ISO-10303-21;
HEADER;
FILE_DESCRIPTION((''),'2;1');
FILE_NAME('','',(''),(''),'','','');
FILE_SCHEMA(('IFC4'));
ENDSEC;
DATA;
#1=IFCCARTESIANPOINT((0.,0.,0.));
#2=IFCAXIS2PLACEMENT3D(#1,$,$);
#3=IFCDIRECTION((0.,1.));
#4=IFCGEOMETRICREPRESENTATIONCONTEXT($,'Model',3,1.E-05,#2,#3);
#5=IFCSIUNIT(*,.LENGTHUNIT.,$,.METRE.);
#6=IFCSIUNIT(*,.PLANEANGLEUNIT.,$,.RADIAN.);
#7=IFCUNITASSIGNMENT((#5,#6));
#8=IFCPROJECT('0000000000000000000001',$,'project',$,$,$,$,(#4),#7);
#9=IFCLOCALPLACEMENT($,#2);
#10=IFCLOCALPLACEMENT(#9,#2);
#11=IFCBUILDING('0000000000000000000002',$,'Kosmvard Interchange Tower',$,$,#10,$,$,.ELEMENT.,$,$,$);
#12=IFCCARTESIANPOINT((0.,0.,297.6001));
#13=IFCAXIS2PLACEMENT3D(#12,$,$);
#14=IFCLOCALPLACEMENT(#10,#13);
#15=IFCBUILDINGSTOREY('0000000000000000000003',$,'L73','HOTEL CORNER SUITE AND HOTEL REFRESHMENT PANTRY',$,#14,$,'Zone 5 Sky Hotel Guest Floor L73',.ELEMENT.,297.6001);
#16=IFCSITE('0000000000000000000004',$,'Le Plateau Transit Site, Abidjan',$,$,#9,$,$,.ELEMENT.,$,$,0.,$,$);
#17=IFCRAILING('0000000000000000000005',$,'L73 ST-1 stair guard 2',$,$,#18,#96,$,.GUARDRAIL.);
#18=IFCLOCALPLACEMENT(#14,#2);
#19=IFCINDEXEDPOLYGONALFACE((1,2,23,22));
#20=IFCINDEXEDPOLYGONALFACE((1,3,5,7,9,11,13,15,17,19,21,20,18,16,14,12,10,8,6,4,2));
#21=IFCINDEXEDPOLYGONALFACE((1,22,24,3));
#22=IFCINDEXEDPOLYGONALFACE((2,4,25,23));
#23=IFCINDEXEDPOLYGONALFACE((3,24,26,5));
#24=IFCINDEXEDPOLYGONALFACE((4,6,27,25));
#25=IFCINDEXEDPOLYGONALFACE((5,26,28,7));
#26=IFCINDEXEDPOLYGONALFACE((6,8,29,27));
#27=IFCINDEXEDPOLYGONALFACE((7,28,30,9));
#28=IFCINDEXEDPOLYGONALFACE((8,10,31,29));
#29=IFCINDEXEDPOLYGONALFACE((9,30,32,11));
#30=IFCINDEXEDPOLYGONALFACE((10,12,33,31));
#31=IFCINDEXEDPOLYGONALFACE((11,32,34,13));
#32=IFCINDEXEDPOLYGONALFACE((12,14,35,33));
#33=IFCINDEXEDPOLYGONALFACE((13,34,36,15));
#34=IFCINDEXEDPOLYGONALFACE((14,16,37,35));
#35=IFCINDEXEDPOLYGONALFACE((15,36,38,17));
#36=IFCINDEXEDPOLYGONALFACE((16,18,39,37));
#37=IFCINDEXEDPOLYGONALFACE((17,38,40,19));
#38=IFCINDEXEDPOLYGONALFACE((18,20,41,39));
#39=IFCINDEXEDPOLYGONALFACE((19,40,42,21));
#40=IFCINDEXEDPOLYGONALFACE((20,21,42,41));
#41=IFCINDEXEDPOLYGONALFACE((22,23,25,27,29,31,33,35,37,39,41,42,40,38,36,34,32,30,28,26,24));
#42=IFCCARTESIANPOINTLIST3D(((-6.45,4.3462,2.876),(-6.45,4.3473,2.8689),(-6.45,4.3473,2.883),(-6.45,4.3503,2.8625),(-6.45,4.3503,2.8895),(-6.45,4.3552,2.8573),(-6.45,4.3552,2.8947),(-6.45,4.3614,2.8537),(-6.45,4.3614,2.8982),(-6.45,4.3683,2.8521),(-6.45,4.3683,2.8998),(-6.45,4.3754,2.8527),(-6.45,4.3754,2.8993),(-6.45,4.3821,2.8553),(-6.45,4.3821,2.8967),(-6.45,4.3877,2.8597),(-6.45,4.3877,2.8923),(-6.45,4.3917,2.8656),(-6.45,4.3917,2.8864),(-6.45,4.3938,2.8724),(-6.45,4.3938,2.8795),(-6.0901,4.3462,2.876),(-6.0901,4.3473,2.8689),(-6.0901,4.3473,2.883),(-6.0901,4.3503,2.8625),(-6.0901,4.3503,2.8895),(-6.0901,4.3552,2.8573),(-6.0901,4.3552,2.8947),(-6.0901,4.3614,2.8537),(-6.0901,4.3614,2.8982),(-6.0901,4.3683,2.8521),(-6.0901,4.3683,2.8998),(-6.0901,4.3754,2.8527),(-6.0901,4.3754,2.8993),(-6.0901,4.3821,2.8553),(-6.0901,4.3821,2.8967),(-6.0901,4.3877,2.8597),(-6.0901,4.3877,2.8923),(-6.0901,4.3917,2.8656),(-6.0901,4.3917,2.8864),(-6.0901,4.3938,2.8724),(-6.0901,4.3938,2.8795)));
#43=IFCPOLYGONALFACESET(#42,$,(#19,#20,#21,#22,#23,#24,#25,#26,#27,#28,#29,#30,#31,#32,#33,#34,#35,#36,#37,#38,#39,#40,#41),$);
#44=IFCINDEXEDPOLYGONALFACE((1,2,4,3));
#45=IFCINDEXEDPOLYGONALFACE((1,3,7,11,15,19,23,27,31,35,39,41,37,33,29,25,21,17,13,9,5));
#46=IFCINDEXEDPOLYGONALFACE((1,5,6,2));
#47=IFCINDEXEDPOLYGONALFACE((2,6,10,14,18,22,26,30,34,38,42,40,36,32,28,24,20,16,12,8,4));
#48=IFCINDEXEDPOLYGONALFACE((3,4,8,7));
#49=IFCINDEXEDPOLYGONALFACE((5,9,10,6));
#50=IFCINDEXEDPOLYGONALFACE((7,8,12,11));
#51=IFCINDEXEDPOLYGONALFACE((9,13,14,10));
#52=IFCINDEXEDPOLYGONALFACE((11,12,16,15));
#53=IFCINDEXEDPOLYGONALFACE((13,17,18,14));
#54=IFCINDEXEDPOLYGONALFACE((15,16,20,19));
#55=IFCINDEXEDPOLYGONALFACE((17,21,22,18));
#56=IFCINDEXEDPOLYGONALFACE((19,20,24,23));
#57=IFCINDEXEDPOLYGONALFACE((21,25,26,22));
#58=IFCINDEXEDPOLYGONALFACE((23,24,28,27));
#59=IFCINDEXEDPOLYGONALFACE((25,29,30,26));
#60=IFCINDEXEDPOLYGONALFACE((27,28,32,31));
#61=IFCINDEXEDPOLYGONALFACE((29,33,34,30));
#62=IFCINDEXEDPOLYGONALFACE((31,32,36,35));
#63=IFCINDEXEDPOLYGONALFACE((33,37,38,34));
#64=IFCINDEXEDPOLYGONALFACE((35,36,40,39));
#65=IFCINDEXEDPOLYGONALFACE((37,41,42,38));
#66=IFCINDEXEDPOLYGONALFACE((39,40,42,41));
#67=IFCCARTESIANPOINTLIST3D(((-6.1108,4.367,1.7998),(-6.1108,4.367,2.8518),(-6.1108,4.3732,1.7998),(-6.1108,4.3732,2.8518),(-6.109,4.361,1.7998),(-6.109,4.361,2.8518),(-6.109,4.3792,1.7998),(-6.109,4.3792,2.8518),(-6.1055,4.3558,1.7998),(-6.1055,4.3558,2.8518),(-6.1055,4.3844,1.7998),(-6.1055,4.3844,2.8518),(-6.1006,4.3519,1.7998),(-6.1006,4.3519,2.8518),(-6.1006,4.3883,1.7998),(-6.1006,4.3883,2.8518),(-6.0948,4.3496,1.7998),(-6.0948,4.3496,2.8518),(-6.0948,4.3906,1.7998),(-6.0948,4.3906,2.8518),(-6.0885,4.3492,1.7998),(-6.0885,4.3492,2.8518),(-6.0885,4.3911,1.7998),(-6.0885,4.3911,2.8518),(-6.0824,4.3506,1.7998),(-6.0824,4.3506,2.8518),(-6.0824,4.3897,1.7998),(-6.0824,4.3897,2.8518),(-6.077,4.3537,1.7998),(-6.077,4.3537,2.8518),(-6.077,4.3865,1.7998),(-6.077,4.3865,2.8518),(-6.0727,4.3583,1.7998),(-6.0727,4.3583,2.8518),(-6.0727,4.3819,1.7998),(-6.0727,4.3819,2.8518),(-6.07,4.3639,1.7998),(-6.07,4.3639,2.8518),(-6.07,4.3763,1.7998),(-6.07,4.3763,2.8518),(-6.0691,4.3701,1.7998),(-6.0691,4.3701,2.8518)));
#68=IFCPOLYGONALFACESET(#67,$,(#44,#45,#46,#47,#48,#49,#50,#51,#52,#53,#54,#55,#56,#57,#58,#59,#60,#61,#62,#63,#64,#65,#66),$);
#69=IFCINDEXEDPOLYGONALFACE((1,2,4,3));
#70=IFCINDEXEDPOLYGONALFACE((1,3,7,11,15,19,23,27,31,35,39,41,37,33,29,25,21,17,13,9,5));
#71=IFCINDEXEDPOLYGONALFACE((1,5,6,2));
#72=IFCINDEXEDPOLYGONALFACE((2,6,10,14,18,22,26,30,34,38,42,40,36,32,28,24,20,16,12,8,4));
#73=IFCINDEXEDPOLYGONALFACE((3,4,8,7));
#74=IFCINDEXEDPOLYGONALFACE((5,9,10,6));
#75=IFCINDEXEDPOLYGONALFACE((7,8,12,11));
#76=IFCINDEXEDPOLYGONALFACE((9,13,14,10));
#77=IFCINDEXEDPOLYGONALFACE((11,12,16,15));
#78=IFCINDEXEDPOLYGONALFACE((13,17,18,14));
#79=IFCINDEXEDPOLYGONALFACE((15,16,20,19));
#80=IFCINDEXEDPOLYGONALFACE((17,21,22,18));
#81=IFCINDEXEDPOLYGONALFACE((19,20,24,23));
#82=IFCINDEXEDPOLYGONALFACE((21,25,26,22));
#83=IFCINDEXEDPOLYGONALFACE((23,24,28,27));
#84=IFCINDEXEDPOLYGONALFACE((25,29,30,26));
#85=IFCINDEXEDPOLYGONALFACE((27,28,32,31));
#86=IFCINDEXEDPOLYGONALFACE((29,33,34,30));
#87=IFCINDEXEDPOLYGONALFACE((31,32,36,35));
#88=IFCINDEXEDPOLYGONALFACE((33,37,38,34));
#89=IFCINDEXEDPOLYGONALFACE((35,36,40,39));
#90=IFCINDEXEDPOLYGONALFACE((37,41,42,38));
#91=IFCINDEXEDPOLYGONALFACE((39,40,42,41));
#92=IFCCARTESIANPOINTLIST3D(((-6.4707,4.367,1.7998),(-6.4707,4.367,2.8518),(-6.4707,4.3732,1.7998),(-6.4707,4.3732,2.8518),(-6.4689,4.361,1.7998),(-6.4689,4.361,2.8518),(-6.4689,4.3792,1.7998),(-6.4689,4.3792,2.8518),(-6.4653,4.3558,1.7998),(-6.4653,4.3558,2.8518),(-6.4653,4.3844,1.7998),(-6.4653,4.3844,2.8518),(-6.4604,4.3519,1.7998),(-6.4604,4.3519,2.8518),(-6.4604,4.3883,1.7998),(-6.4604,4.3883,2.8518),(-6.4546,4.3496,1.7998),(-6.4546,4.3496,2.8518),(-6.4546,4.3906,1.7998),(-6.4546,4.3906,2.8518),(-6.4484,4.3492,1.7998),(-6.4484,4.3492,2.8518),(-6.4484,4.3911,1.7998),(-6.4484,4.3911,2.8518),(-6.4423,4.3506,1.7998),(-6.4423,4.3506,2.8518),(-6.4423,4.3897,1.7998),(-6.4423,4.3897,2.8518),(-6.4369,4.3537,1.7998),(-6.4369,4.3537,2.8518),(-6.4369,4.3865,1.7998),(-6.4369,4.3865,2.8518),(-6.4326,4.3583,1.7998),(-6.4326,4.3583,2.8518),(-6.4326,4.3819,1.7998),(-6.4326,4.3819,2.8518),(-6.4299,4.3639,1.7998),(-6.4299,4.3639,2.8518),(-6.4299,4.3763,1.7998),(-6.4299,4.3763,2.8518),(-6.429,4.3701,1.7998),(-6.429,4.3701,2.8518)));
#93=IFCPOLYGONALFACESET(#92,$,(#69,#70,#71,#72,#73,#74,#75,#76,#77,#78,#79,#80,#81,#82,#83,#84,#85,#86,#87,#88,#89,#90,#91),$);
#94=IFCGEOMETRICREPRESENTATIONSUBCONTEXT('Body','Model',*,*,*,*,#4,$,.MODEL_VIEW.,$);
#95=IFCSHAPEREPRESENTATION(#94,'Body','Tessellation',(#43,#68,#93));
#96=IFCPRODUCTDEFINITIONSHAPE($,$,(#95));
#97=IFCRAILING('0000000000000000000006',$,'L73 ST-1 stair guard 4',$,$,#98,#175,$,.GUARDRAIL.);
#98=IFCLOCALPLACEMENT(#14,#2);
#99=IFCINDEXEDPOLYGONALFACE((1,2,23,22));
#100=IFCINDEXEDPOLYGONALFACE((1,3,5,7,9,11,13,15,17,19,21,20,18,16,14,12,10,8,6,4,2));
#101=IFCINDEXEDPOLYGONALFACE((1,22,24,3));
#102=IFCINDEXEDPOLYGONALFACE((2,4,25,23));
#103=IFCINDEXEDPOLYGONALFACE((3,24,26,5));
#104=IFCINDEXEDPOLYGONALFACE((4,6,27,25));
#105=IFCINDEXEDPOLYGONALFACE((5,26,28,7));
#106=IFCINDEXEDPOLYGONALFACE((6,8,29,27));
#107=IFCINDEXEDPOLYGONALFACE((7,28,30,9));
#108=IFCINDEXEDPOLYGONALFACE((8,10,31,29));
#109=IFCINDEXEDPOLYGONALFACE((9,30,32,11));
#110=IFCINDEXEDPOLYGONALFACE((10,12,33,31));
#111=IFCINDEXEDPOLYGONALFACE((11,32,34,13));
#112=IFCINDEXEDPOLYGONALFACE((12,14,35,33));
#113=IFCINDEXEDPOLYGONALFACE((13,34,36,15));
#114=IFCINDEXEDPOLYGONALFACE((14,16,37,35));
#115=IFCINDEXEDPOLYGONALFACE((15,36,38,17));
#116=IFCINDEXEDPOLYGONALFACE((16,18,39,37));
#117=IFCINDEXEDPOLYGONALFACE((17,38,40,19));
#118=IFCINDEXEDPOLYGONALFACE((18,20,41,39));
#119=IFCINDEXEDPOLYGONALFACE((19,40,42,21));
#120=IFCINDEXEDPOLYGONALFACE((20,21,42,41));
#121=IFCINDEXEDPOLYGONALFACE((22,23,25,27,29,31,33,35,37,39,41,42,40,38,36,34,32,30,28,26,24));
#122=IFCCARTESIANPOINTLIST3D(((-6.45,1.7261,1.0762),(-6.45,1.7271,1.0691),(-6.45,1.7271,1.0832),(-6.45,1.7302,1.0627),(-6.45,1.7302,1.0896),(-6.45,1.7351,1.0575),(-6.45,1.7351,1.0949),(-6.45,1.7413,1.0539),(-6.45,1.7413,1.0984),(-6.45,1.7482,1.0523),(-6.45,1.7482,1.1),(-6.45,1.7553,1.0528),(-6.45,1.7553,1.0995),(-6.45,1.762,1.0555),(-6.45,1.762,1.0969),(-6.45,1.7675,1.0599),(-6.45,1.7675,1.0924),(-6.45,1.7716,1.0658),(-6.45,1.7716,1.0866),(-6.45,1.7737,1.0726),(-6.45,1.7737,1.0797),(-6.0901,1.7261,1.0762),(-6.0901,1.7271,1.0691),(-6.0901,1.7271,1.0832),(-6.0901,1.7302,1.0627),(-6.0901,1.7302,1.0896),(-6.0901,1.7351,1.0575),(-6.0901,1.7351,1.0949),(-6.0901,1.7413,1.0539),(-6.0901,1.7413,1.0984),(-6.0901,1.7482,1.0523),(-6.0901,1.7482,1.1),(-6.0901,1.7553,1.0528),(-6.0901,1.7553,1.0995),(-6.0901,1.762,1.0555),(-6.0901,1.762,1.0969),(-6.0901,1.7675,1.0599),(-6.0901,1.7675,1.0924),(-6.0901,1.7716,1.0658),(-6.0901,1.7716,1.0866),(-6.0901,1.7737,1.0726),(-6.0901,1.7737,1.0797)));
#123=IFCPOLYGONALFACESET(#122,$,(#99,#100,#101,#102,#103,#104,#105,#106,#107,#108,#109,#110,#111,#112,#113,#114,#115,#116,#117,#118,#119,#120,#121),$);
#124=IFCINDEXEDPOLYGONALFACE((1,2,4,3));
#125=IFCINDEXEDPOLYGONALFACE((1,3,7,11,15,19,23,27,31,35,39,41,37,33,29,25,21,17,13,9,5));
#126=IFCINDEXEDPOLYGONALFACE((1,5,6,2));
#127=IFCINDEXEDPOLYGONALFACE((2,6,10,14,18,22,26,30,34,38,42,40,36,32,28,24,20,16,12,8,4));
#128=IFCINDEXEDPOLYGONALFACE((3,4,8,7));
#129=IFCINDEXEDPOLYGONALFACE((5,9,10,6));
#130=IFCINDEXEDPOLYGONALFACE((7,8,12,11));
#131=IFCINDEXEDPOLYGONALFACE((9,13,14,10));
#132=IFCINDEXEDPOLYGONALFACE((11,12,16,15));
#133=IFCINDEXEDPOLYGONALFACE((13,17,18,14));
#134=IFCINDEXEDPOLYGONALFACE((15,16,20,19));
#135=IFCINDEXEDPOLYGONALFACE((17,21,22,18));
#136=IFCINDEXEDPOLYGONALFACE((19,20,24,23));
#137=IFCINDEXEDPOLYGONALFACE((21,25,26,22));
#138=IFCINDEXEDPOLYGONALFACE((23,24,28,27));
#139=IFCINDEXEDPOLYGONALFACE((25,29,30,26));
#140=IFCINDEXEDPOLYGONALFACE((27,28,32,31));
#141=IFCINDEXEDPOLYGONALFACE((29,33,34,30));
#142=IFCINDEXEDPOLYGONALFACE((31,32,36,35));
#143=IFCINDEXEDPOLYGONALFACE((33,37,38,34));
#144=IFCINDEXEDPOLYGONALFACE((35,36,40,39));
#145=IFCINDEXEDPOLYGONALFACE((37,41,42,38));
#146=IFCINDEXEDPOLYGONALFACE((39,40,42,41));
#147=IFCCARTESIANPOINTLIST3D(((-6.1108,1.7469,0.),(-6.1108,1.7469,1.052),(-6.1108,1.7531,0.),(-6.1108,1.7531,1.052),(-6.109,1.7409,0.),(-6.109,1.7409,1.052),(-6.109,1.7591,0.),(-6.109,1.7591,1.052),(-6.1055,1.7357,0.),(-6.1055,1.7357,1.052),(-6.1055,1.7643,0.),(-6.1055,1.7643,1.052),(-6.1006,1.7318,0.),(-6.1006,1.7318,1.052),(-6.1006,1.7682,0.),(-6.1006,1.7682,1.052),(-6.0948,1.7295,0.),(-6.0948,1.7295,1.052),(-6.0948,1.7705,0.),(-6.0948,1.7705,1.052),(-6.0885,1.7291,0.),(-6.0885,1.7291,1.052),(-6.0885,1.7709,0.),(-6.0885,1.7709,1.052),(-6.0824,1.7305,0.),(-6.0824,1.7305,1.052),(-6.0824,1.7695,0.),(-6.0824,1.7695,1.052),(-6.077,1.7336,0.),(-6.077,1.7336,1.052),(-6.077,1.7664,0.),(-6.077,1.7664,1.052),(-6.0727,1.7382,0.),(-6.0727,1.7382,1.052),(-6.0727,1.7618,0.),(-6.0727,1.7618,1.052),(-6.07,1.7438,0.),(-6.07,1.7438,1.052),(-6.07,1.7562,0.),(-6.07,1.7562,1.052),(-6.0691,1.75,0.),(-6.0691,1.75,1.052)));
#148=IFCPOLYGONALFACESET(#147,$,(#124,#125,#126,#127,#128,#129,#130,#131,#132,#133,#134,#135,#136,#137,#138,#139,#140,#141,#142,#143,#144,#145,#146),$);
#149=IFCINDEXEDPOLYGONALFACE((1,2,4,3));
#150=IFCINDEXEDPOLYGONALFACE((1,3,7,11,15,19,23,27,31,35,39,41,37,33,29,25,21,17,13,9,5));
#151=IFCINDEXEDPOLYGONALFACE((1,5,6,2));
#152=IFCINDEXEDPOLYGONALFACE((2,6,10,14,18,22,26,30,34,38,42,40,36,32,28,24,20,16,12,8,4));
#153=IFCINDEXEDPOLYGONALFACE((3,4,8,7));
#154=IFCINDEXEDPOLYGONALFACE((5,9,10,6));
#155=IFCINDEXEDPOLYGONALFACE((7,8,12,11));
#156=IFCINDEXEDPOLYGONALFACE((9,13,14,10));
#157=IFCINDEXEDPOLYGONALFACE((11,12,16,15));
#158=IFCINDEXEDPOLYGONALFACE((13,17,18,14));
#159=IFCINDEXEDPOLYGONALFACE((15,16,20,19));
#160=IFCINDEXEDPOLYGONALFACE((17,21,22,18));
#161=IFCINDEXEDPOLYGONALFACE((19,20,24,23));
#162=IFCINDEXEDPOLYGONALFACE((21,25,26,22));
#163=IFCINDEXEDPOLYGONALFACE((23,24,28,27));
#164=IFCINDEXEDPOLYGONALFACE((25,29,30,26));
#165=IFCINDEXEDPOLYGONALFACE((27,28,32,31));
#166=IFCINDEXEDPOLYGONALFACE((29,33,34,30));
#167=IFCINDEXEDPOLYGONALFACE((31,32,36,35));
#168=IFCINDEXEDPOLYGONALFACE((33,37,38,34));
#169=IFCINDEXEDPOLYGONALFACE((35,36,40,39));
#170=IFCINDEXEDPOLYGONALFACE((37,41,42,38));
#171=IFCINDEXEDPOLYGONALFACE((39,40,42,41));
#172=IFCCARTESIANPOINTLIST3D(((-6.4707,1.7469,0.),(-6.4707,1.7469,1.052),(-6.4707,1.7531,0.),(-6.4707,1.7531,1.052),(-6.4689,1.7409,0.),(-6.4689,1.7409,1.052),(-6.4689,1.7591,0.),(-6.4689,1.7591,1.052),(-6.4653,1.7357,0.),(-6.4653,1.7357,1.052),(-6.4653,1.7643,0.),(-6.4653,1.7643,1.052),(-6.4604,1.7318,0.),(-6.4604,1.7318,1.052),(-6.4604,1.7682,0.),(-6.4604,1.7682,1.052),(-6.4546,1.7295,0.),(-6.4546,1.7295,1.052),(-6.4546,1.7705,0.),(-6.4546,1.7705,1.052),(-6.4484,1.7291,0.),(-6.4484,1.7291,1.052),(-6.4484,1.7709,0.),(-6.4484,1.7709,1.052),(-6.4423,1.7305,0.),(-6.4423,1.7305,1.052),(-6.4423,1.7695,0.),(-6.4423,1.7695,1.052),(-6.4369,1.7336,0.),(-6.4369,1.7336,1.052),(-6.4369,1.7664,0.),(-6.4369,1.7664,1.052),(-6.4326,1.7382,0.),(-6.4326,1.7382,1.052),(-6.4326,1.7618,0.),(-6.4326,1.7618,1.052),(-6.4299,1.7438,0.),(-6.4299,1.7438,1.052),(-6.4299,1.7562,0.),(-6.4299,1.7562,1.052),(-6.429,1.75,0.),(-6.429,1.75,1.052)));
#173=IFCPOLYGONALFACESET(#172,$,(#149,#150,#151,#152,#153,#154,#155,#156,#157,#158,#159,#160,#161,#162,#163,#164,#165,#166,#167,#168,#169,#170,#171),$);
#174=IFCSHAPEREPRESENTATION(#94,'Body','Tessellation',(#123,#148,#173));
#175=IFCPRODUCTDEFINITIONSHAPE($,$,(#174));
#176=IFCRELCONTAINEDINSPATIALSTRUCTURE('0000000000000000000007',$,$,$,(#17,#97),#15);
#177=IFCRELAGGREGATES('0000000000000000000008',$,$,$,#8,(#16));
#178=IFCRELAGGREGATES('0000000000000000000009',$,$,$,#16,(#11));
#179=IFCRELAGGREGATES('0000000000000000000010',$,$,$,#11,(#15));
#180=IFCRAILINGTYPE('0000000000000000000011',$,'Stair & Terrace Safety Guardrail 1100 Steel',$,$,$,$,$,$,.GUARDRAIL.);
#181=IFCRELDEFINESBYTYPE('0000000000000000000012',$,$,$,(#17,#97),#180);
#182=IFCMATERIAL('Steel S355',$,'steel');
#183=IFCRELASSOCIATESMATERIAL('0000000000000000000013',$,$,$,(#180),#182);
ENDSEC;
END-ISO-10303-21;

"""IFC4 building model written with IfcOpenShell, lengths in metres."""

from ifc_helpers import new_model, si_unit, direction, frame, origin, origin_2d, place, context, subcontext, project, spatial, circle, extrude, source, transform, mapped, material, type_object, element, save


model = new_model("IFC4")

# Units and contexts
model_context = context("Model", 3, precision=1e-05, world=origin(), true_north=direction((0.0, 1.0)))
body_context = subcontext(model_context, "Body", "Model", "MODEL_VIEW")
ifc_project = project(units=[si_unit("LENGTHUNIT", "METRE"), si_unit("PLANEANGLEUNIT", "RADIAN")], contexts=[model_context])

# Site, building, storey
site_placement = place(None, origin())
site = spatial("IfcSite", under=ifc_project, at=site_placement, Name="Le Plateau Transit Site, Abidjan", CompositionType="ELEMENT", RefElevation=0.0)
building_placement = place(site_placement, origin())
building = spatial("IfcBuilding", under=site, at=building_placement, Name="Kosmvard Interchange Tower", CompositionType="ELEMENT")
storey_placement = place(building_placement, frame((0.0, 0.0, 297.6001)))
storey = spatial("IfcBuildingStorey", under=building, at=storey_placement, Name="L73", Description="HOTEL CORNER SUITE AND HOTEL REFRESHMENT PANTRY", LongName="Zone 5 Sky Hotel Guest Floor L73", CompositionType="ELEMENT", Elevation=297.6001)

# Shared definitions
ifc_material_1 = material(Name="Steel S355", Category="steel")

# Railings
railing_type_1 = type_object("IfcRailingType", Name="Stair & Terrace Safety Guardrail 1100 Steel", PredefinedType="GUARDRAIL", material=ifc_material_1)
shared_shape_1 = source(origin(), body_context, "Body", "SweptSolid", [
    extrude(circle(Radius=0.0239, at=origin_2d()), frame((0.0, 0.0, 1.0762), z_axis=(-1.0, 0.0, 0.0), x_axis=(0.0, -1.0, 0.0)), (0.0, 0.0, 1.0), 0.3599),
    extrude(circle(Radius=0.021, at=origin_2d()), origin(), (0.0, 0.0, 1.0), 1.052),
    extrude(circle(Radius=0.021, at=origin_2d()), frame((-0.3599, 0.0, 0.0)), (0.0, 0.0, 1.0), 1.052),
])
for number, where, name in (
    (1, (-6.0901, 4.3701, 1.7998), "L73 ST-1 stair guard 2"),
    (2, (-6.0901, 1.75, 0.0), "L73 ST-1 stair guard 4"),
):
    element("IfcRailing", number, at=place(storey_placement, frame(where)), inside=storey, type_object=railing_type_1, Name=name, PredefinedType="GUARDRAIL", context=body_context, shape_type="MappedRepresentation", body=[
        mapped(shared_shape_1, transform((0.0, 0.0, 0.0), scale=1.0)),
    ])

save(model, "model.ifc")
